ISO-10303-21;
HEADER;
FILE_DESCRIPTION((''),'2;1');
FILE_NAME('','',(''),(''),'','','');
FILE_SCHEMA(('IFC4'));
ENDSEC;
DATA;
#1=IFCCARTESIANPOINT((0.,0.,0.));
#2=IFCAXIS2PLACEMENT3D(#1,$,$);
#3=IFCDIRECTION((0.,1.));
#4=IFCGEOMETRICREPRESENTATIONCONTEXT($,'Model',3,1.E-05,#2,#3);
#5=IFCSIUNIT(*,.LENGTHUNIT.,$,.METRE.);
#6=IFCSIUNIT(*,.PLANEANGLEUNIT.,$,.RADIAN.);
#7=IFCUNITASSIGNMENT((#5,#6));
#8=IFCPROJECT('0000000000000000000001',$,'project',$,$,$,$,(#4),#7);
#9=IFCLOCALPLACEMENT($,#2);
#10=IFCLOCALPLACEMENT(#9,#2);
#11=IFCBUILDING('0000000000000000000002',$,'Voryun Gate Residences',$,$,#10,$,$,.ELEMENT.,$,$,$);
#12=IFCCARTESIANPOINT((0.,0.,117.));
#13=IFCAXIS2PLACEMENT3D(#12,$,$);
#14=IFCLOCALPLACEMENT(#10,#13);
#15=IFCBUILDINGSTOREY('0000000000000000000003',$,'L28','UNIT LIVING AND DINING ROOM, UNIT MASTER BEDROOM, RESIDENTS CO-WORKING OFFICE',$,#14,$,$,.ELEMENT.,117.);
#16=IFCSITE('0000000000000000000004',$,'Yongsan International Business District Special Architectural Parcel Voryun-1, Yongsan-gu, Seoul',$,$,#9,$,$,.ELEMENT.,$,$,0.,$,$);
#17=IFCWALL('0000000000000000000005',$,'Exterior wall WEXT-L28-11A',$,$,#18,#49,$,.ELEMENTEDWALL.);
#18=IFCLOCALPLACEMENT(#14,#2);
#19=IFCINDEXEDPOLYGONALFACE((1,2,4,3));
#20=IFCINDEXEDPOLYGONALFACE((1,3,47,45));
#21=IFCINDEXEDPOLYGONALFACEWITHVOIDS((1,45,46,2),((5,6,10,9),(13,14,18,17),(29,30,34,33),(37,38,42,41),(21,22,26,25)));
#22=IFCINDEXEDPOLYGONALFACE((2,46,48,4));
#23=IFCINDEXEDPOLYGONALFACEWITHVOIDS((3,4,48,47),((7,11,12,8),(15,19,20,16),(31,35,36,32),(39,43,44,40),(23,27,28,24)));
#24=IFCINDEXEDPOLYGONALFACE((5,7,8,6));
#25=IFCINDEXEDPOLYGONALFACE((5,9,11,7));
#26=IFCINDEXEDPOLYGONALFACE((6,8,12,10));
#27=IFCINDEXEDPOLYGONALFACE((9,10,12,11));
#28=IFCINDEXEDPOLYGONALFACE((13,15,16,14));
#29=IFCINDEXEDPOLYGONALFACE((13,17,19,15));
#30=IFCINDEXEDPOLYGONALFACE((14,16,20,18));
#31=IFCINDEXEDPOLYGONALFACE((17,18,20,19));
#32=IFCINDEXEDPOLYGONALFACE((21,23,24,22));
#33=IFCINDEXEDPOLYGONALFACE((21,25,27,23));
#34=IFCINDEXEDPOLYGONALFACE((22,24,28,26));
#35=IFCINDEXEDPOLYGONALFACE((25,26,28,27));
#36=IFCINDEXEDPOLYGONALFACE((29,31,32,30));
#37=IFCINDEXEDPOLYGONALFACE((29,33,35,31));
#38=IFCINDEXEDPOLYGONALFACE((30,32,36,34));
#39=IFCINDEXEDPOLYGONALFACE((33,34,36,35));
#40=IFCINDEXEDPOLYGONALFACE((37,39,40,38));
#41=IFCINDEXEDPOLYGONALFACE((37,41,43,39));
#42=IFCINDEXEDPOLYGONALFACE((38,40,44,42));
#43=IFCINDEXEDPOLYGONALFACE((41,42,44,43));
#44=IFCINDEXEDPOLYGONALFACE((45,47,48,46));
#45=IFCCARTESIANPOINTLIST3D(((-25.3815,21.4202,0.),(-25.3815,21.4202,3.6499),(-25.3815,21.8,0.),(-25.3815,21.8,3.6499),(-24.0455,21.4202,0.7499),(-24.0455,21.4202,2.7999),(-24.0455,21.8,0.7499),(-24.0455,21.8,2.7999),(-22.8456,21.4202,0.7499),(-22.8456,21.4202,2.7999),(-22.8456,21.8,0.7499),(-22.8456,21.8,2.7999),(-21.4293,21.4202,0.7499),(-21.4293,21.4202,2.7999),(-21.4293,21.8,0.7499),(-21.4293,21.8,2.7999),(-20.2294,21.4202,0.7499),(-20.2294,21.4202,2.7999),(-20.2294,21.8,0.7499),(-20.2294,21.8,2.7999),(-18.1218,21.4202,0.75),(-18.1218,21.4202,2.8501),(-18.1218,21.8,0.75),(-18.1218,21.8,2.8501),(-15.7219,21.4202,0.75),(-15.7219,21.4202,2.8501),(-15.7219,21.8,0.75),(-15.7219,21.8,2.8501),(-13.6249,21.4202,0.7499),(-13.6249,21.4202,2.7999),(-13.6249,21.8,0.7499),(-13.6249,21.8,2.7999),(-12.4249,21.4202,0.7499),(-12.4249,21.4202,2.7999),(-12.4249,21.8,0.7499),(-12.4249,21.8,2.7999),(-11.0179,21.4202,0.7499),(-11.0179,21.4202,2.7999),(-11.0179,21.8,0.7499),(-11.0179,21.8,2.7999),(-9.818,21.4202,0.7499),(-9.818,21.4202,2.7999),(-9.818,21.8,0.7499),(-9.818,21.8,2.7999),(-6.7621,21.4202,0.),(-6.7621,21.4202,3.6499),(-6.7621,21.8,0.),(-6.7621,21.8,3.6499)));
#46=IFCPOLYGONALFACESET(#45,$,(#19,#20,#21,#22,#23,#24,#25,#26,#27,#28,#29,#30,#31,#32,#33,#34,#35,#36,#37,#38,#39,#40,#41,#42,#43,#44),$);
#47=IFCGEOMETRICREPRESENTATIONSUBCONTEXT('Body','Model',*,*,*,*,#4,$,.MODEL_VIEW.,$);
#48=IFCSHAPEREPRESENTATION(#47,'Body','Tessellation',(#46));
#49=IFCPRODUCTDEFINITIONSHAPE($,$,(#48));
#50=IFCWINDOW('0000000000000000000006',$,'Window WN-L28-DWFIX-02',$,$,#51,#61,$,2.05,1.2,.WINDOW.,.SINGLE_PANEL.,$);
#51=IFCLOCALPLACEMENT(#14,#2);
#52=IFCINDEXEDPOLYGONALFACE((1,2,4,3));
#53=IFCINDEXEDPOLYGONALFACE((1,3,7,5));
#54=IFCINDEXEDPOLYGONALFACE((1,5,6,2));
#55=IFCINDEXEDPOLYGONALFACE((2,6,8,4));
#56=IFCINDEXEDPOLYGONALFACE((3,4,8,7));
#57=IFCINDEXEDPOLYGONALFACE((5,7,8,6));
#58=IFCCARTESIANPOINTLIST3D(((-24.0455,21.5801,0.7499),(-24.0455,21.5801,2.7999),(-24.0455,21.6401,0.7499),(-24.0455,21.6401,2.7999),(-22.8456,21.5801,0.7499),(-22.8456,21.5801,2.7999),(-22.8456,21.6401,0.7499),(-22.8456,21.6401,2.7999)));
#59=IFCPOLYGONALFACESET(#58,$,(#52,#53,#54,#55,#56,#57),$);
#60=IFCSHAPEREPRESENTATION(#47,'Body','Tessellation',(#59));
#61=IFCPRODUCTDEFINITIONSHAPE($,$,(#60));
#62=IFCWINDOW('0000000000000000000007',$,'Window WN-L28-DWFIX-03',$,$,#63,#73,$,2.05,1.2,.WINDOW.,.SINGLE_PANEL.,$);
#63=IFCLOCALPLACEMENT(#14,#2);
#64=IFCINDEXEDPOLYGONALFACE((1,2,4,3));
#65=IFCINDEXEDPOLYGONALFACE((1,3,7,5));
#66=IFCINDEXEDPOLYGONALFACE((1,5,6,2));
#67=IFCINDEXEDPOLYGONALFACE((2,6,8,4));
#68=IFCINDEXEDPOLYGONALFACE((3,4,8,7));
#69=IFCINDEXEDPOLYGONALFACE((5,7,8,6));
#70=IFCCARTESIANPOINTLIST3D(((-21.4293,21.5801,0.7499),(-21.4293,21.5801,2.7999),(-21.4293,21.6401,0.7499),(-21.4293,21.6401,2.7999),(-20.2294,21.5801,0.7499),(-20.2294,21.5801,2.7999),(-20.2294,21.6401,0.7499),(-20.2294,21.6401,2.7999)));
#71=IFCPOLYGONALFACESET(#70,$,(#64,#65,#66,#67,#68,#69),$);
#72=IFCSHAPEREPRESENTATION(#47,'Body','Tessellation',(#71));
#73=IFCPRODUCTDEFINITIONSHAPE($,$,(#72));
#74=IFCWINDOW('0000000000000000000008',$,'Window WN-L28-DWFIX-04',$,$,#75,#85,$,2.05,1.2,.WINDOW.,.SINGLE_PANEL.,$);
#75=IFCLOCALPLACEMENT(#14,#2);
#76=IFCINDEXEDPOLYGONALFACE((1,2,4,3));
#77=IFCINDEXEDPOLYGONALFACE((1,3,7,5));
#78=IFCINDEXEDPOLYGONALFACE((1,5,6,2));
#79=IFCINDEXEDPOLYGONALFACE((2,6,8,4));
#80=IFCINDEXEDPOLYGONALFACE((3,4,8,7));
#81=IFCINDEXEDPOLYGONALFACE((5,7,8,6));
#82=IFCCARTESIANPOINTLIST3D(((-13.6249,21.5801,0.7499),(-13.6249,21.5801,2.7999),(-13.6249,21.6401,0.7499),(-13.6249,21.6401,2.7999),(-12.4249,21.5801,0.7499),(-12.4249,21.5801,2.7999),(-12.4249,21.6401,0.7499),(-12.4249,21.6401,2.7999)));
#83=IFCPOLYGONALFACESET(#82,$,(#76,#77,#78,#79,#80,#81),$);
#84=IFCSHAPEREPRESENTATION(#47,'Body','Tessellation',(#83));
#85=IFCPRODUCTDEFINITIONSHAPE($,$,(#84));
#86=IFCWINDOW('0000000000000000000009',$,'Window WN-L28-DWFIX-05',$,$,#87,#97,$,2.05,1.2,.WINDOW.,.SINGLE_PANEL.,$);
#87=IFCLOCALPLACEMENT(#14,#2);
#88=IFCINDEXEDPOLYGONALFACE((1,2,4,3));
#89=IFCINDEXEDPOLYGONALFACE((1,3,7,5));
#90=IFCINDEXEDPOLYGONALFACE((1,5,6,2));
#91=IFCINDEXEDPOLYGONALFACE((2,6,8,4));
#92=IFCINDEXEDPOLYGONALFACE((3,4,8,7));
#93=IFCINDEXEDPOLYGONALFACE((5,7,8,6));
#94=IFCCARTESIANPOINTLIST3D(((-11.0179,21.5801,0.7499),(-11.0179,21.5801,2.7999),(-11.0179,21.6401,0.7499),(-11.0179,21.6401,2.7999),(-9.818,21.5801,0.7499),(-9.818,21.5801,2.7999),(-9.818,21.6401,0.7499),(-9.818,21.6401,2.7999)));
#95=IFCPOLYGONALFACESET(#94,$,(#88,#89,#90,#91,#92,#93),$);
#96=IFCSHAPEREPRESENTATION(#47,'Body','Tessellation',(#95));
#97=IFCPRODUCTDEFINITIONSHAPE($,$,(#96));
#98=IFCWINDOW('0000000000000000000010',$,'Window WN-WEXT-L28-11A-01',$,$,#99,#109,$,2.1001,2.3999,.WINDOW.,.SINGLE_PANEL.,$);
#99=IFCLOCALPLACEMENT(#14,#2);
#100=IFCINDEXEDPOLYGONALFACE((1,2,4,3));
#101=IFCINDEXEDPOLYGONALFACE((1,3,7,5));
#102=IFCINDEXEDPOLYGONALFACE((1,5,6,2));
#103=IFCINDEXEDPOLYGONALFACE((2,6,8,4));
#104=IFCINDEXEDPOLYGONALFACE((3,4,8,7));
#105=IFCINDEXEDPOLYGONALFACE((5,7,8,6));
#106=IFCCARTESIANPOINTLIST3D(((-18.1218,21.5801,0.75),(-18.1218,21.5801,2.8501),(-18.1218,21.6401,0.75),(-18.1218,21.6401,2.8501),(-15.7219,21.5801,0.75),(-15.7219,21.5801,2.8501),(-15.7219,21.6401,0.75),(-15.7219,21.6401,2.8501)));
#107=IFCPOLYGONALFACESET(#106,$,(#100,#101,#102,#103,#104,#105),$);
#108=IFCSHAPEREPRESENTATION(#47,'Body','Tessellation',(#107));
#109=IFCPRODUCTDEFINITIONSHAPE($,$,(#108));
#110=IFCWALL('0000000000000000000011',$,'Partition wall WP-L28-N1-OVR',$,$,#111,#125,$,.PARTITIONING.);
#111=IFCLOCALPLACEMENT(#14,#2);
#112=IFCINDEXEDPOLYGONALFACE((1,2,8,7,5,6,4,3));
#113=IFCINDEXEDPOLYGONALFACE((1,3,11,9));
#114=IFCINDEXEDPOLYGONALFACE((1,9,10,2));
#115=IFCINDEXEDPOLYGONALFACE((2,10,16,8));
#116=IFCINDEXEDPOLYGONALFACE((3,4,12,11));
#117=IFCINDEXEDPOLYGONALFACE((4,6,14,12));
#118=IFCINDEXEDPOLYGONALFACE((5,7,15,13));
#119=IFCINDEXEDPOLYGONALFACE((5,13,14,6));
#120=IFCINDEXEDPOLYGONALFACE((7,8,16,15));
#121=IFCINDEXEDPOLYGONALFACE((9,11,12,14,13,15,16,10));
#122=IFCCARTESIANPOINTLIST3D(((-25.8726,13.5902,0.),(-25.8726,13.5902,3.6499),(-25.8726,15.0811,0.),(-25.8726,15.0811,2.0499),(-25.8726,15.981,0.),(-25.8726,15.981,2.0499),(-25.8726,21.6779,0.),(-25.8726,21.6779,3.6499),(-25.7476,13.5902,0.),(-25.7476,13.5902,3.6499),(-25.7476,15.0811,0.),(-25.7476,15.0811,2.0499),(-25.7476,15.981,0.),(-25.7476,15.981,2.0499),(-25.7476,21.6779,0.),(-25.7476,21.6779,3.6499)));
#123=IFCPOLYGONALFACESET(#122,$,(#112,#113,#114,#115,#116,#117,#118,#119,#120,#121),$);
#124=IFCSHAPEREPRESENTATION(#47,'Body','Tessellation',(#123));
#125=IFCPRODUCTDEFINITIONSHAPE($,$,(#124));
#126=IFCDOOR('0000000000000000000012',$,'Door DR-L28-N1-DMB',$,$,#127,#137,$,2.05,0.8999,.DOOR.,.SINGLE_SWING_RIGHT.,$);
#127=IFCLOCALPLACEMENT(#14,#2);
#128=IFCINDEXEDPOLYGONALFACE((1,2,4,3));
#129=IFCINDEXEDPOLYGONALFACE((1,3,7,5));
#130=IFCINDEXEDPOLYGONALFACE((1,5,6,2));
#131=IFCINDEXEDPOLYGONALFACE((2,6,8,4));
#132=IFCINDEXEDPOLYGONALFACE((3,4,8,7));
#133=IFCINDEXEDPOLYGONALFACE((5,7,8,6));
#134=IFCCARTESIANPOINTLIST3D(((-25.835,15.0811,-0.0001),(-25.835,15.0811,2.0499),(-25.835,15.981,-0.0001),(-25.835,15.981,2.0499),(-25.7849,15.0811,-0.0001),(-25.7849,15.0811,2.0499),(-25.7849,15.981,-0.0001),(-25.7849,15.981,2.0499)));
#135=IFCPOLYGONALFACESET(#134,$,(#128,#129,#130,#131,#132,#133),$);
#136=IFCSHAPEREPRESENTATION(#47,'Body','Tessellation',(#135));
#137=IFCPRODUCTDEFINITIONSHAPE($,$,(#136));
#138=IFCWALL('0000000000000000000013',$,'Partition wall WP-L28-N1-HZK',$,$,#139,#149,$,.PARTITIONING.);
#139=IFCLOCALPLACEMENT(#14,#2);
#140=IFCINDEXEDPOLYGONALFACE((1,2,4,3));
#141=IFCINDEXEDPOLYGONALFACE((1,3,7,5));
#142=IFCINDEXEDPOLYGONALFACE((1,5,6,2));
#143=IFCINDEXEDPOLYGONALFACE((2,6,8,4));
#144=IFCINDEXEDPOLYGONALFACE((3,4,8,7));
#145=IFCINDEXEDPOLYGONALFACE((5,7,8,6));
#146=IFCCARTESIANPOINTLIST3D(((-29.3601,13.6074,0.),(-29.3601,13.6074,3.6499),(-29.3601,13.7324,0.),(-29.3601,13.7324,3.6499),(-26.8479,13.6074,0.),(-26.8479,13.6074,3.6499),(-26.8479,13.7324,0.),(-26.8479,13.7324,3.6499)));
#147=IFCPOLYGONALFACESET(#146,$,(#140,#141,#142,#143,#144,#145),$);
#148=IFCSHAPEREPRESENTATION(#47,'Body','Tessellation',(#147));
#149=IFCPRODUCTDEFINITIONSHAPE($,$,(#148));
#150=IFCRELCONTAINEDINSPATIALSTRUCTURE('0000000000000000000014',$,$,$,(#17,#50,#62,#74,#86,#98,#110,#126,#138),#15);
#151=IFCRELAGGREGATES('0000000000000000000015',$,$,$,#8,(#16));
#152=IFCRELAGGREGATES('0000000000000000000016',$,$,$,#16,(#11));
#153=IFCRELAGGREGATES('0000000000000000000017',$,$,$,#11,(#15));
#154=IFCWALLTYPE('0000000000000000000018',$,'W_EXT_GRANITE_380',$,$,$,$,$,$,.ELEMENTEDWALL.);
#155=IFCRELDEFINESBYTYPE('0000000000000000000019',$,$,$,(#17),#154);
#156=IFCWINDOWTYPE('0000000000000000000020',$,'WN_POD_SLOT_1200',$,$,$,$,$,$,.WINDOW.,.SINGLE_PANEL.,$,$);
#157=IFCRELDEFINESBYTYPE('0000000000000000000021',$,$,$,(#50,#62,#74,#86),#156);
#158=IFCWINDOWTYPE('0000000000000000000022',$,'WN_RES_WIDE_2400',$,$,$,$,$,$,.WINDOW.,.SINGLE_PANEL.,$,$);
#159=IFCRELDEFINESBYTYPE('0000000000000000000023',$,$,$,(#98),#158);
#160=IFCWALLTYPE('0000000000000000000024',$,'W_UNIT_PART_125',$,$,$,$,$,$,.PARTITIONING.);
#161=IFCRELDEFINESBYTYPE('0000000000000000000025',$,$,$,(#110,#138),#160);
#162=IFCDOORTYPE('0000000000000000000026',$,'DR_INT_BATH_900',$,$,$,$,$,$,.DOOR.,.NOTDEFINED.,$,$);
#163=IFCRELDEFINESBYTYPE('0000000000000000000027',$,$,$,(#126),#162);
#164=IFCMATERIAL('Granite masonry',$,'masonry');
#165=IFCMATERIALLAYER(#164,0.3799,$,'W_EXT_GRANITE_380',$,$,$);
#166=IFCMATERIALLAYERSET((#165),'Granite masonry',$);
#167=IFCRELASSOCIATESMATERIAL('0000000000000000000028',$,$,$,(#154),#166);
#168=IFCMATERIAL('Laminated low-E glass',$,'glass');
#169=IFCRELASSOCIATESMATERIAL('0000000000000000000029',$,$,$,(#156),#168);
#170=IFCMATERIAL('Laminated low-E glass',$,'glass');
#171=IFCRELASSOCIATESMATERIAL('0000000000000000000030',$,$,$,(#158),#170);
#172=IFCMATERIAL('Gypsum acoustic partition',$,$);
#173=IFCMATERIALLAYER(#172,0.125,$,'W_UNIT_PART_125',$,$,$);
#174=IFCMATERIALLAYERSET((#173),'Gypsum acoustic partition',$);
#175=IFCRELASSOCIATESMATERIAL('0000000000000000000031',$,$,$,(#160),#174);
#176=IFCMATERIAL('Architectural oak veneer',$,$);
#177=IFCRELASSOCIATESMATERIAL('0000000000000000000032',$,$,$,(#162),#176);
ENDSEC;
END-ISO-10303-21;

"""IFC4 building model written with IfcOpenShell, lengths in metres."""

from ifc_helpers import new_model, si_unit, direction, frame, frame_2d, origin, place, context, subcontext, project, spatial, rectangle, extrude, material, layer, layer_set, type_object, element, fill, save


model = new_model("IFC4")

# Units and contexts
model_context = context("Model", 3, precision=1e-05, world=origin(), true_north=direction((0.0, 1.0)))
body_context = subcontext(model_context, "Body", "Model", "MODEL_VIEW")
ifc_project = project(units=[si_unit("LENGTHUNIT", "METRE"), si_unit("PLANEANGLEUNIT", "RADIAN")], contexts=[model_context])

# Site, building, storey
site_placement = place(None, origin())
site = spatial("IfcSite", under=ifc_project, at=site_placement, Name="Yongsan International Business District Special Architectural Parcel Voryun-1, Yongsan-gu, Seoul", CompositionType="ELEMENT", RefElevation=0.0)
building_placement = place(site_placement, origin())
building = spatial("IfcBuilding", under=site, at=building_placement, Name="Voryun Gate Residences", CompositionType="ELEMENT")
storey_placement = place(building_placement, frame((0.0, 0.0, 117.0)))
storey = spatial("IfcBuildingStorey", under=building, at=storey_placement, Name="L28", Description="UNIT LIVING AND DINING ROOM, UNIT MASTER BEDROOM, RESIDENTS CO-WORKING OFFICE", CompositionType="ELEMENT", Elevation=117.0)

# Shared definitions
ifc_material_1 = material(Name="Granite masonry", Category="masonry")
ifc_layer_1 = layer(ifc_material_1, 0.3799, Name="W_EXT_GRANITE_380")
ifc_layer_set_1 = layer_set([ifc_layer_1], Name="Granite masonry")
wall_type_1 = type_object("IfcWallType", Name="W_EXT_GRANITE_380", PredefinedType="ELEMENTEDWALL", material=ifc_layer_set_1)

# Wall, openings, windows
wall_1_placement = place(storey_placement, frame((-25.3813, 21.6101, 0.0), z_axis=(0.0, 0.0, 1.0), x_axis=(1.0, 0.0, 0.0)))
wall_1 = element("IfcWall", 1, at=wall_1_placement, inside=storey, type_object=wall_type_1, Name="Exterior wall WEXT-L28-11A", PredefinedType="ELEMENTEDWALL", context=body_context, shape_type="SweptSolid", body=[
    extrude(rectangle(XDim=18.6194, YDim=0.3799, at=frame_2d((9.3096, 0.0))), origin(), (0.0, 0.0, 1.0), 3.6499),
])
opening_1_placement = place(wall_1_placement, frame((7.2595, 0.0, 0.75)))
opening_1 = element("IfcOpeningElement", 2, at=opening_1_placement, cuts=wall_1, PredefinedType="OPENING", context=body_context, shape_type="SweptSolid", body=[
    extrude(rectangle(XDim=2.3999, YDim=2.1001, at=frame_2d((1.2, 1.05))), frame((0.0, 0.2, 0.0), z_axis=(0.0, -1.0, 0.0), x_axis=(1.0, 0.0, 0.0)), (0.0, 0.0, 1.0), 0.3999),
])
opening_2_placement = place(wall_1_placement, frame((1.3357, 0.0, 0.75)))
opening_2 = element("IfcOpeningElement", 3, at=opening_2_placement, cuts=wall_1, PredefinedType="OPENING", context=body_context, shape_type="SweptSolid", body=[
    extrude(rectangle(XDim=1.2, YDim=2.05, at=frame_2d((0.6001, 1.0249))), frame((0.0, 0.2, 0.0), z_axis=(0.0, -1.0, 0.0), x_axis=(1.0, 0.0, 0.0)), (0.0, 0.0, 1.0), 0.3999),
])
opening_3_placement = place(wall_1_placement, frame((3.9519, 0.0, 0.75)))
opening_3 = element("IfcOpeningElement", 4, at=opening_3_placement, cuts=wall_1, PredefinedType="OPENING", context=body_context, shape_type="SweptSolid", body=[
    extrude(rectangle(XDim=1.2, YDim=2.05, at=frame_2d((0.6001, 1.0249))), frame((0.0, 0.2, 0.0), z_axis=(0.0, -1.0, 0.0), x_axis=(1.0, 0.0, 0.0)), (0.0, 0.0, 1.0), 0.3999),
])
opening_4_placement = place(wall_1_placement, frame((11.7563, 0.0, 0.75)))
opening_4 = element("IfcOpeningElement", 5, at=opening_4_placement, cuts=wall_1, PredefinedType="OPENING", context=body_context, shape_type="SweptSolid", body=[
    extrude(rectangle(XDim=1.2, YDim=2.05, at=frame_2d((0.6001, 1.0249))), frame((0.0, 0.2, 0.0), z_axis=(0.0, -1.0, 0.0), x_axis=(1.0, 0.0, 0.0)), (0.0, 0.0, 1.0), 0.3999),
])
opening_5_placement = place(wall_1_placement, frame((14.3633, 0.0, 0.75)))
opening_5 = element("IfcOpeningElement", 6, at=opening_5_placement, cuts=wall_1, PredefinedType="OPENING", context=body_context, shape_type="SweptSolid", body=[
    extrude(rectangle(XDim=1.2, YDim=2.05, at=frame_2d((0.6001, 1.0249))), frame((0.0, 0.2, 0.0), z_axis=(0.0, -1.0, 0.0), x_axis=(1.0, 0.0, 0.0)), (0.0, 0.0, 1.0), 0.3999),
])
ifc_material_2 = material(Name="Laminated low-E glass", Category="glass")
window_type_1 = type_object("IfcWindowType", Name="WN_POD_SLOT_1200", PartitioningType="SINGLE_PANEL", PredefinedType="WINDOW", material=ifc_material_2)
window_1_placement = place(opening_2_placement, origin())
window_1 = element("IfcWindow", 7, at=window_1_placement, inside=storey, type_object=window_type_1, Name="Window WN-L28-DWFIX-02", OverallHeight=2.05, OverallWidth=1.2, PartitioningType="SINGLE_PANEL", PredefinedType="WINDOW", context=body_context, shape_type="SweptSolid", body=[
    extrude(rectangle(XDim=1.2, YDim=2.05, at=frame_2d((0.6001, 1.0249))), frame((0.0, 0.03, 0.0), z_axis=(0.0, -1.0, 0.0), x_axis=(1.0, 0.0, 0.0)), (0.0, 0.0, 1.0), 0.0601),
])
fill(opening_2, window_1)
window_2_placement = place(opening_3_placement, origin())
window_2 = element("IfcWindow", 8, at=window_2_placement, inside=storey, type_object=window_type_1, Name="Window WN-L28-DWFIX-03", OverallHeight=2.05, OverallWidth=1.2, PartitioningType="SINGLE_PANEL", PredefinedType="WINDOW", context=body_context, shape_type="SweptSolid", body=[
    extrude(rectangle(XDim=1.2, YDim=2.05, at=frame_2d((0.6001, 1.0249))), frame((0.0, 0.03, 0.0), z_axis=(0.0, -1.0, 0.0), x_axis=(1.0, 0.0, 0.0)), (0.0, 0.0, 1.0), 0.0601),
])
fill(opening_3, window_2)
window_3_placement = place(opening_4_placement, origin())
window_3 = element("IfcWindow", 9, at=window_3_placement, inside=storey, type_object=window_type_1, Name="Window WN-L28-DWFIX-04", OverallHeight=2.05, OverallWidth=1.2, PartitioningType="SINGLE_PANEL", PredefinedType="WINDOW", context=body_context, shape_type="SweptSolid", body=[
    extrude(rectangle(XDim=1.2, YDim=2.05, at=frame_2d((0.6001, 1.0249))), frame((0.0, 0.03, 0.0), z_axis=(0.0, -1.0, 0.0), x_axis=(1.0, 0.0, 0.0)), (0.0, 0.0, 1.0), 0.0601),
])
fill(opening_4, window_3)
window_4_placement = place(opening_5_placement, origin())
window_4 = element("IfcWindow", 10, at=window_4_placement, inside=storey, type_object=window_type_1, Name="Window WN-L28-DWFIX-05", OverallHeight=2.05, OverallWidth=1.2, PartitioningType="SINGLE_PANEL", PredefinedType="WINDOW", context=body_context, shape_type="SweptSolid", body=[
    extrude(rectangle(XDim=1.2, YDim=2.05, at=frame_2d((0.6001, 1.0249))), frame((0.0, 0.03, 0.0), z_axis=(0.0, -1.0, 0.0), x_axis=(1.0, 0.0, 0.0)), (0.0, 0.0, 1.0), 0.0601),
])
fill(opening_5, window_4)
ifc_material_3 = material(Name="Laminated low-E glass", Category="glass")
window_type_2 = type_object("IfcWindowType", Name="WN_RES_WIDE_2400", PartitioningType="SINGLE_PANEL", PredefinedType="WINDOW", material=ifc_material_3)
window_5_placement = place(opening_1_placement, origin())
window_5 = element("IfcWindow", 11, at=window_5_placement, inside=storey, type_object=window_type_2, Name="Window WN-WEXT-L28-11A-01", OverallHeight=2.1001, OverallWidth=2.3999, PartitioningType="SINGLE_PANEL", PredefinedType="WINDOW", context=body_context, shape_type="SweptSolid", body=[
    extrude(rectangle(XDim=2.3999, YDim=2.1001, at=frame_2d((1.2, 1.05))), frame((0.0, 0.03, 0.0), z_axis=(0.0, -1.0, 0.0), x_axis=(1.0, 0.0, 0.0)), (0.0, 0.0, 1.0), 0.0601),
])
fill(opening_1, window_5)

# Wall, opening, door
ifc_material_4 = material(Name="Gypsum acoustic partition")
ifc_layer_2 = layer(ifc_material_4, 0.125, Name="W_UNIT_PART_125")
ifc_layer_set_2 = layer_set([ifc_layer_2], Name="Gypsum acoustic partition")
wall_type_2 = type_object("IfcWallType", Name="W_UNIT_PART_125", PredefinedType="PARTITIONING", material=ifc_layer_set_2)
wall_2_placement = place(storey_placement, frame((-25.8101, 13.5901, 0.0), z_axis=(0.0, 0.0, 1.0), x_axis=(0.0, 1.0, 0.0)))
wall_2 = element("IfcWall", 12, at=wall_2_placement, inside=storey, type_object=wall_type_2, Name="Partition wall WP-L28-N1-OVR", PredefinedType="PARTITIONING", context=body_context, shape_type="SweptSolid", body=[
    extrude(rectangle(XDim=8.0876, YDim=0.125, at=frame_2d((4.0439, 0.0))), origin(), (0.0, 0.0, 1.0), 3.6499),
])
opening_6_placement = place(wall_2_placement, frame((1.491, 0.0, 0.0)))
opening_6 = element("IfcOpeningElement", 13, at=opening_6_placement, cuts=wall_2, PredefinedType="OPENING", context=body_context, shape_type="SweptSolid", body=[
    extrude(rectangle(XDim=0.8999, YDim=2.05, at=frame_2d((0.45, 1.0249))), frame((0.0, 0.0725, 0.0), z_axis=(0.0, -1.0, 0.0), x_axis=(1.0, 0.0, 0.0)), (0.0, 0.0, 1.0), 0.145),
])
ifc_material_5 = material(Name="Architectural oak veneer")
door_type_1 = type_object("IfcDoorType", Name="DR_INT_BATH_900", OperationType="NOTDEFINED", PredefinedType="DOOR", material=ifc_material_5)
door_1_placement = place(opening_6_placement, origin())
door_1 = element("IfcDoor", 14, at=door_1_placement, inside=storey, type_object=door_type_1, Name="Door DR-L28-N1-DMB", OperationType="SINGLE_SWING_RIGHT", OverallHeight=2.05, OverallWidth=0.8999, PredefinedType="DOOR", context=body_context, shape_type="SweptSolid", body=[
    extrude(rectangle(XDim=0.8999, YDim=2.05, at=frame_2d((0.45, 1.0249))), frame((0.0, 0.0249, 0.0), z_axis=(0.0, -1.0, 0.0), x_axis=(1.0, 0.0, 0.0)), (0.0, 0.0, 1.0), 0.05),
])
fill(opening_6, door_1)

# Wall
wall_3_placement = place(storey_placement, frame((-29.3601, 13.6699, 0.0), z_axis=(0.0, 0.0, 1.0), x_axis=(1.0, 0.0, 0.0)))
element("IfcWall", 15, at=wall_3_placement, inside=storey, type_object=wall_type_2, Name="Partition wall WP-L28-N1-HZK", PredefinedType="PARTITIONING", context=body_context, shape_type="SweptSolid", body=[
    extrude(rectangle(XDim=2.5122, YDim=0.125, at=frame_2d((1.2561, 0.0))), origin(), (0.0, 0.0, 1.0), 3.6499),
])

save(model, "model.ifc")
